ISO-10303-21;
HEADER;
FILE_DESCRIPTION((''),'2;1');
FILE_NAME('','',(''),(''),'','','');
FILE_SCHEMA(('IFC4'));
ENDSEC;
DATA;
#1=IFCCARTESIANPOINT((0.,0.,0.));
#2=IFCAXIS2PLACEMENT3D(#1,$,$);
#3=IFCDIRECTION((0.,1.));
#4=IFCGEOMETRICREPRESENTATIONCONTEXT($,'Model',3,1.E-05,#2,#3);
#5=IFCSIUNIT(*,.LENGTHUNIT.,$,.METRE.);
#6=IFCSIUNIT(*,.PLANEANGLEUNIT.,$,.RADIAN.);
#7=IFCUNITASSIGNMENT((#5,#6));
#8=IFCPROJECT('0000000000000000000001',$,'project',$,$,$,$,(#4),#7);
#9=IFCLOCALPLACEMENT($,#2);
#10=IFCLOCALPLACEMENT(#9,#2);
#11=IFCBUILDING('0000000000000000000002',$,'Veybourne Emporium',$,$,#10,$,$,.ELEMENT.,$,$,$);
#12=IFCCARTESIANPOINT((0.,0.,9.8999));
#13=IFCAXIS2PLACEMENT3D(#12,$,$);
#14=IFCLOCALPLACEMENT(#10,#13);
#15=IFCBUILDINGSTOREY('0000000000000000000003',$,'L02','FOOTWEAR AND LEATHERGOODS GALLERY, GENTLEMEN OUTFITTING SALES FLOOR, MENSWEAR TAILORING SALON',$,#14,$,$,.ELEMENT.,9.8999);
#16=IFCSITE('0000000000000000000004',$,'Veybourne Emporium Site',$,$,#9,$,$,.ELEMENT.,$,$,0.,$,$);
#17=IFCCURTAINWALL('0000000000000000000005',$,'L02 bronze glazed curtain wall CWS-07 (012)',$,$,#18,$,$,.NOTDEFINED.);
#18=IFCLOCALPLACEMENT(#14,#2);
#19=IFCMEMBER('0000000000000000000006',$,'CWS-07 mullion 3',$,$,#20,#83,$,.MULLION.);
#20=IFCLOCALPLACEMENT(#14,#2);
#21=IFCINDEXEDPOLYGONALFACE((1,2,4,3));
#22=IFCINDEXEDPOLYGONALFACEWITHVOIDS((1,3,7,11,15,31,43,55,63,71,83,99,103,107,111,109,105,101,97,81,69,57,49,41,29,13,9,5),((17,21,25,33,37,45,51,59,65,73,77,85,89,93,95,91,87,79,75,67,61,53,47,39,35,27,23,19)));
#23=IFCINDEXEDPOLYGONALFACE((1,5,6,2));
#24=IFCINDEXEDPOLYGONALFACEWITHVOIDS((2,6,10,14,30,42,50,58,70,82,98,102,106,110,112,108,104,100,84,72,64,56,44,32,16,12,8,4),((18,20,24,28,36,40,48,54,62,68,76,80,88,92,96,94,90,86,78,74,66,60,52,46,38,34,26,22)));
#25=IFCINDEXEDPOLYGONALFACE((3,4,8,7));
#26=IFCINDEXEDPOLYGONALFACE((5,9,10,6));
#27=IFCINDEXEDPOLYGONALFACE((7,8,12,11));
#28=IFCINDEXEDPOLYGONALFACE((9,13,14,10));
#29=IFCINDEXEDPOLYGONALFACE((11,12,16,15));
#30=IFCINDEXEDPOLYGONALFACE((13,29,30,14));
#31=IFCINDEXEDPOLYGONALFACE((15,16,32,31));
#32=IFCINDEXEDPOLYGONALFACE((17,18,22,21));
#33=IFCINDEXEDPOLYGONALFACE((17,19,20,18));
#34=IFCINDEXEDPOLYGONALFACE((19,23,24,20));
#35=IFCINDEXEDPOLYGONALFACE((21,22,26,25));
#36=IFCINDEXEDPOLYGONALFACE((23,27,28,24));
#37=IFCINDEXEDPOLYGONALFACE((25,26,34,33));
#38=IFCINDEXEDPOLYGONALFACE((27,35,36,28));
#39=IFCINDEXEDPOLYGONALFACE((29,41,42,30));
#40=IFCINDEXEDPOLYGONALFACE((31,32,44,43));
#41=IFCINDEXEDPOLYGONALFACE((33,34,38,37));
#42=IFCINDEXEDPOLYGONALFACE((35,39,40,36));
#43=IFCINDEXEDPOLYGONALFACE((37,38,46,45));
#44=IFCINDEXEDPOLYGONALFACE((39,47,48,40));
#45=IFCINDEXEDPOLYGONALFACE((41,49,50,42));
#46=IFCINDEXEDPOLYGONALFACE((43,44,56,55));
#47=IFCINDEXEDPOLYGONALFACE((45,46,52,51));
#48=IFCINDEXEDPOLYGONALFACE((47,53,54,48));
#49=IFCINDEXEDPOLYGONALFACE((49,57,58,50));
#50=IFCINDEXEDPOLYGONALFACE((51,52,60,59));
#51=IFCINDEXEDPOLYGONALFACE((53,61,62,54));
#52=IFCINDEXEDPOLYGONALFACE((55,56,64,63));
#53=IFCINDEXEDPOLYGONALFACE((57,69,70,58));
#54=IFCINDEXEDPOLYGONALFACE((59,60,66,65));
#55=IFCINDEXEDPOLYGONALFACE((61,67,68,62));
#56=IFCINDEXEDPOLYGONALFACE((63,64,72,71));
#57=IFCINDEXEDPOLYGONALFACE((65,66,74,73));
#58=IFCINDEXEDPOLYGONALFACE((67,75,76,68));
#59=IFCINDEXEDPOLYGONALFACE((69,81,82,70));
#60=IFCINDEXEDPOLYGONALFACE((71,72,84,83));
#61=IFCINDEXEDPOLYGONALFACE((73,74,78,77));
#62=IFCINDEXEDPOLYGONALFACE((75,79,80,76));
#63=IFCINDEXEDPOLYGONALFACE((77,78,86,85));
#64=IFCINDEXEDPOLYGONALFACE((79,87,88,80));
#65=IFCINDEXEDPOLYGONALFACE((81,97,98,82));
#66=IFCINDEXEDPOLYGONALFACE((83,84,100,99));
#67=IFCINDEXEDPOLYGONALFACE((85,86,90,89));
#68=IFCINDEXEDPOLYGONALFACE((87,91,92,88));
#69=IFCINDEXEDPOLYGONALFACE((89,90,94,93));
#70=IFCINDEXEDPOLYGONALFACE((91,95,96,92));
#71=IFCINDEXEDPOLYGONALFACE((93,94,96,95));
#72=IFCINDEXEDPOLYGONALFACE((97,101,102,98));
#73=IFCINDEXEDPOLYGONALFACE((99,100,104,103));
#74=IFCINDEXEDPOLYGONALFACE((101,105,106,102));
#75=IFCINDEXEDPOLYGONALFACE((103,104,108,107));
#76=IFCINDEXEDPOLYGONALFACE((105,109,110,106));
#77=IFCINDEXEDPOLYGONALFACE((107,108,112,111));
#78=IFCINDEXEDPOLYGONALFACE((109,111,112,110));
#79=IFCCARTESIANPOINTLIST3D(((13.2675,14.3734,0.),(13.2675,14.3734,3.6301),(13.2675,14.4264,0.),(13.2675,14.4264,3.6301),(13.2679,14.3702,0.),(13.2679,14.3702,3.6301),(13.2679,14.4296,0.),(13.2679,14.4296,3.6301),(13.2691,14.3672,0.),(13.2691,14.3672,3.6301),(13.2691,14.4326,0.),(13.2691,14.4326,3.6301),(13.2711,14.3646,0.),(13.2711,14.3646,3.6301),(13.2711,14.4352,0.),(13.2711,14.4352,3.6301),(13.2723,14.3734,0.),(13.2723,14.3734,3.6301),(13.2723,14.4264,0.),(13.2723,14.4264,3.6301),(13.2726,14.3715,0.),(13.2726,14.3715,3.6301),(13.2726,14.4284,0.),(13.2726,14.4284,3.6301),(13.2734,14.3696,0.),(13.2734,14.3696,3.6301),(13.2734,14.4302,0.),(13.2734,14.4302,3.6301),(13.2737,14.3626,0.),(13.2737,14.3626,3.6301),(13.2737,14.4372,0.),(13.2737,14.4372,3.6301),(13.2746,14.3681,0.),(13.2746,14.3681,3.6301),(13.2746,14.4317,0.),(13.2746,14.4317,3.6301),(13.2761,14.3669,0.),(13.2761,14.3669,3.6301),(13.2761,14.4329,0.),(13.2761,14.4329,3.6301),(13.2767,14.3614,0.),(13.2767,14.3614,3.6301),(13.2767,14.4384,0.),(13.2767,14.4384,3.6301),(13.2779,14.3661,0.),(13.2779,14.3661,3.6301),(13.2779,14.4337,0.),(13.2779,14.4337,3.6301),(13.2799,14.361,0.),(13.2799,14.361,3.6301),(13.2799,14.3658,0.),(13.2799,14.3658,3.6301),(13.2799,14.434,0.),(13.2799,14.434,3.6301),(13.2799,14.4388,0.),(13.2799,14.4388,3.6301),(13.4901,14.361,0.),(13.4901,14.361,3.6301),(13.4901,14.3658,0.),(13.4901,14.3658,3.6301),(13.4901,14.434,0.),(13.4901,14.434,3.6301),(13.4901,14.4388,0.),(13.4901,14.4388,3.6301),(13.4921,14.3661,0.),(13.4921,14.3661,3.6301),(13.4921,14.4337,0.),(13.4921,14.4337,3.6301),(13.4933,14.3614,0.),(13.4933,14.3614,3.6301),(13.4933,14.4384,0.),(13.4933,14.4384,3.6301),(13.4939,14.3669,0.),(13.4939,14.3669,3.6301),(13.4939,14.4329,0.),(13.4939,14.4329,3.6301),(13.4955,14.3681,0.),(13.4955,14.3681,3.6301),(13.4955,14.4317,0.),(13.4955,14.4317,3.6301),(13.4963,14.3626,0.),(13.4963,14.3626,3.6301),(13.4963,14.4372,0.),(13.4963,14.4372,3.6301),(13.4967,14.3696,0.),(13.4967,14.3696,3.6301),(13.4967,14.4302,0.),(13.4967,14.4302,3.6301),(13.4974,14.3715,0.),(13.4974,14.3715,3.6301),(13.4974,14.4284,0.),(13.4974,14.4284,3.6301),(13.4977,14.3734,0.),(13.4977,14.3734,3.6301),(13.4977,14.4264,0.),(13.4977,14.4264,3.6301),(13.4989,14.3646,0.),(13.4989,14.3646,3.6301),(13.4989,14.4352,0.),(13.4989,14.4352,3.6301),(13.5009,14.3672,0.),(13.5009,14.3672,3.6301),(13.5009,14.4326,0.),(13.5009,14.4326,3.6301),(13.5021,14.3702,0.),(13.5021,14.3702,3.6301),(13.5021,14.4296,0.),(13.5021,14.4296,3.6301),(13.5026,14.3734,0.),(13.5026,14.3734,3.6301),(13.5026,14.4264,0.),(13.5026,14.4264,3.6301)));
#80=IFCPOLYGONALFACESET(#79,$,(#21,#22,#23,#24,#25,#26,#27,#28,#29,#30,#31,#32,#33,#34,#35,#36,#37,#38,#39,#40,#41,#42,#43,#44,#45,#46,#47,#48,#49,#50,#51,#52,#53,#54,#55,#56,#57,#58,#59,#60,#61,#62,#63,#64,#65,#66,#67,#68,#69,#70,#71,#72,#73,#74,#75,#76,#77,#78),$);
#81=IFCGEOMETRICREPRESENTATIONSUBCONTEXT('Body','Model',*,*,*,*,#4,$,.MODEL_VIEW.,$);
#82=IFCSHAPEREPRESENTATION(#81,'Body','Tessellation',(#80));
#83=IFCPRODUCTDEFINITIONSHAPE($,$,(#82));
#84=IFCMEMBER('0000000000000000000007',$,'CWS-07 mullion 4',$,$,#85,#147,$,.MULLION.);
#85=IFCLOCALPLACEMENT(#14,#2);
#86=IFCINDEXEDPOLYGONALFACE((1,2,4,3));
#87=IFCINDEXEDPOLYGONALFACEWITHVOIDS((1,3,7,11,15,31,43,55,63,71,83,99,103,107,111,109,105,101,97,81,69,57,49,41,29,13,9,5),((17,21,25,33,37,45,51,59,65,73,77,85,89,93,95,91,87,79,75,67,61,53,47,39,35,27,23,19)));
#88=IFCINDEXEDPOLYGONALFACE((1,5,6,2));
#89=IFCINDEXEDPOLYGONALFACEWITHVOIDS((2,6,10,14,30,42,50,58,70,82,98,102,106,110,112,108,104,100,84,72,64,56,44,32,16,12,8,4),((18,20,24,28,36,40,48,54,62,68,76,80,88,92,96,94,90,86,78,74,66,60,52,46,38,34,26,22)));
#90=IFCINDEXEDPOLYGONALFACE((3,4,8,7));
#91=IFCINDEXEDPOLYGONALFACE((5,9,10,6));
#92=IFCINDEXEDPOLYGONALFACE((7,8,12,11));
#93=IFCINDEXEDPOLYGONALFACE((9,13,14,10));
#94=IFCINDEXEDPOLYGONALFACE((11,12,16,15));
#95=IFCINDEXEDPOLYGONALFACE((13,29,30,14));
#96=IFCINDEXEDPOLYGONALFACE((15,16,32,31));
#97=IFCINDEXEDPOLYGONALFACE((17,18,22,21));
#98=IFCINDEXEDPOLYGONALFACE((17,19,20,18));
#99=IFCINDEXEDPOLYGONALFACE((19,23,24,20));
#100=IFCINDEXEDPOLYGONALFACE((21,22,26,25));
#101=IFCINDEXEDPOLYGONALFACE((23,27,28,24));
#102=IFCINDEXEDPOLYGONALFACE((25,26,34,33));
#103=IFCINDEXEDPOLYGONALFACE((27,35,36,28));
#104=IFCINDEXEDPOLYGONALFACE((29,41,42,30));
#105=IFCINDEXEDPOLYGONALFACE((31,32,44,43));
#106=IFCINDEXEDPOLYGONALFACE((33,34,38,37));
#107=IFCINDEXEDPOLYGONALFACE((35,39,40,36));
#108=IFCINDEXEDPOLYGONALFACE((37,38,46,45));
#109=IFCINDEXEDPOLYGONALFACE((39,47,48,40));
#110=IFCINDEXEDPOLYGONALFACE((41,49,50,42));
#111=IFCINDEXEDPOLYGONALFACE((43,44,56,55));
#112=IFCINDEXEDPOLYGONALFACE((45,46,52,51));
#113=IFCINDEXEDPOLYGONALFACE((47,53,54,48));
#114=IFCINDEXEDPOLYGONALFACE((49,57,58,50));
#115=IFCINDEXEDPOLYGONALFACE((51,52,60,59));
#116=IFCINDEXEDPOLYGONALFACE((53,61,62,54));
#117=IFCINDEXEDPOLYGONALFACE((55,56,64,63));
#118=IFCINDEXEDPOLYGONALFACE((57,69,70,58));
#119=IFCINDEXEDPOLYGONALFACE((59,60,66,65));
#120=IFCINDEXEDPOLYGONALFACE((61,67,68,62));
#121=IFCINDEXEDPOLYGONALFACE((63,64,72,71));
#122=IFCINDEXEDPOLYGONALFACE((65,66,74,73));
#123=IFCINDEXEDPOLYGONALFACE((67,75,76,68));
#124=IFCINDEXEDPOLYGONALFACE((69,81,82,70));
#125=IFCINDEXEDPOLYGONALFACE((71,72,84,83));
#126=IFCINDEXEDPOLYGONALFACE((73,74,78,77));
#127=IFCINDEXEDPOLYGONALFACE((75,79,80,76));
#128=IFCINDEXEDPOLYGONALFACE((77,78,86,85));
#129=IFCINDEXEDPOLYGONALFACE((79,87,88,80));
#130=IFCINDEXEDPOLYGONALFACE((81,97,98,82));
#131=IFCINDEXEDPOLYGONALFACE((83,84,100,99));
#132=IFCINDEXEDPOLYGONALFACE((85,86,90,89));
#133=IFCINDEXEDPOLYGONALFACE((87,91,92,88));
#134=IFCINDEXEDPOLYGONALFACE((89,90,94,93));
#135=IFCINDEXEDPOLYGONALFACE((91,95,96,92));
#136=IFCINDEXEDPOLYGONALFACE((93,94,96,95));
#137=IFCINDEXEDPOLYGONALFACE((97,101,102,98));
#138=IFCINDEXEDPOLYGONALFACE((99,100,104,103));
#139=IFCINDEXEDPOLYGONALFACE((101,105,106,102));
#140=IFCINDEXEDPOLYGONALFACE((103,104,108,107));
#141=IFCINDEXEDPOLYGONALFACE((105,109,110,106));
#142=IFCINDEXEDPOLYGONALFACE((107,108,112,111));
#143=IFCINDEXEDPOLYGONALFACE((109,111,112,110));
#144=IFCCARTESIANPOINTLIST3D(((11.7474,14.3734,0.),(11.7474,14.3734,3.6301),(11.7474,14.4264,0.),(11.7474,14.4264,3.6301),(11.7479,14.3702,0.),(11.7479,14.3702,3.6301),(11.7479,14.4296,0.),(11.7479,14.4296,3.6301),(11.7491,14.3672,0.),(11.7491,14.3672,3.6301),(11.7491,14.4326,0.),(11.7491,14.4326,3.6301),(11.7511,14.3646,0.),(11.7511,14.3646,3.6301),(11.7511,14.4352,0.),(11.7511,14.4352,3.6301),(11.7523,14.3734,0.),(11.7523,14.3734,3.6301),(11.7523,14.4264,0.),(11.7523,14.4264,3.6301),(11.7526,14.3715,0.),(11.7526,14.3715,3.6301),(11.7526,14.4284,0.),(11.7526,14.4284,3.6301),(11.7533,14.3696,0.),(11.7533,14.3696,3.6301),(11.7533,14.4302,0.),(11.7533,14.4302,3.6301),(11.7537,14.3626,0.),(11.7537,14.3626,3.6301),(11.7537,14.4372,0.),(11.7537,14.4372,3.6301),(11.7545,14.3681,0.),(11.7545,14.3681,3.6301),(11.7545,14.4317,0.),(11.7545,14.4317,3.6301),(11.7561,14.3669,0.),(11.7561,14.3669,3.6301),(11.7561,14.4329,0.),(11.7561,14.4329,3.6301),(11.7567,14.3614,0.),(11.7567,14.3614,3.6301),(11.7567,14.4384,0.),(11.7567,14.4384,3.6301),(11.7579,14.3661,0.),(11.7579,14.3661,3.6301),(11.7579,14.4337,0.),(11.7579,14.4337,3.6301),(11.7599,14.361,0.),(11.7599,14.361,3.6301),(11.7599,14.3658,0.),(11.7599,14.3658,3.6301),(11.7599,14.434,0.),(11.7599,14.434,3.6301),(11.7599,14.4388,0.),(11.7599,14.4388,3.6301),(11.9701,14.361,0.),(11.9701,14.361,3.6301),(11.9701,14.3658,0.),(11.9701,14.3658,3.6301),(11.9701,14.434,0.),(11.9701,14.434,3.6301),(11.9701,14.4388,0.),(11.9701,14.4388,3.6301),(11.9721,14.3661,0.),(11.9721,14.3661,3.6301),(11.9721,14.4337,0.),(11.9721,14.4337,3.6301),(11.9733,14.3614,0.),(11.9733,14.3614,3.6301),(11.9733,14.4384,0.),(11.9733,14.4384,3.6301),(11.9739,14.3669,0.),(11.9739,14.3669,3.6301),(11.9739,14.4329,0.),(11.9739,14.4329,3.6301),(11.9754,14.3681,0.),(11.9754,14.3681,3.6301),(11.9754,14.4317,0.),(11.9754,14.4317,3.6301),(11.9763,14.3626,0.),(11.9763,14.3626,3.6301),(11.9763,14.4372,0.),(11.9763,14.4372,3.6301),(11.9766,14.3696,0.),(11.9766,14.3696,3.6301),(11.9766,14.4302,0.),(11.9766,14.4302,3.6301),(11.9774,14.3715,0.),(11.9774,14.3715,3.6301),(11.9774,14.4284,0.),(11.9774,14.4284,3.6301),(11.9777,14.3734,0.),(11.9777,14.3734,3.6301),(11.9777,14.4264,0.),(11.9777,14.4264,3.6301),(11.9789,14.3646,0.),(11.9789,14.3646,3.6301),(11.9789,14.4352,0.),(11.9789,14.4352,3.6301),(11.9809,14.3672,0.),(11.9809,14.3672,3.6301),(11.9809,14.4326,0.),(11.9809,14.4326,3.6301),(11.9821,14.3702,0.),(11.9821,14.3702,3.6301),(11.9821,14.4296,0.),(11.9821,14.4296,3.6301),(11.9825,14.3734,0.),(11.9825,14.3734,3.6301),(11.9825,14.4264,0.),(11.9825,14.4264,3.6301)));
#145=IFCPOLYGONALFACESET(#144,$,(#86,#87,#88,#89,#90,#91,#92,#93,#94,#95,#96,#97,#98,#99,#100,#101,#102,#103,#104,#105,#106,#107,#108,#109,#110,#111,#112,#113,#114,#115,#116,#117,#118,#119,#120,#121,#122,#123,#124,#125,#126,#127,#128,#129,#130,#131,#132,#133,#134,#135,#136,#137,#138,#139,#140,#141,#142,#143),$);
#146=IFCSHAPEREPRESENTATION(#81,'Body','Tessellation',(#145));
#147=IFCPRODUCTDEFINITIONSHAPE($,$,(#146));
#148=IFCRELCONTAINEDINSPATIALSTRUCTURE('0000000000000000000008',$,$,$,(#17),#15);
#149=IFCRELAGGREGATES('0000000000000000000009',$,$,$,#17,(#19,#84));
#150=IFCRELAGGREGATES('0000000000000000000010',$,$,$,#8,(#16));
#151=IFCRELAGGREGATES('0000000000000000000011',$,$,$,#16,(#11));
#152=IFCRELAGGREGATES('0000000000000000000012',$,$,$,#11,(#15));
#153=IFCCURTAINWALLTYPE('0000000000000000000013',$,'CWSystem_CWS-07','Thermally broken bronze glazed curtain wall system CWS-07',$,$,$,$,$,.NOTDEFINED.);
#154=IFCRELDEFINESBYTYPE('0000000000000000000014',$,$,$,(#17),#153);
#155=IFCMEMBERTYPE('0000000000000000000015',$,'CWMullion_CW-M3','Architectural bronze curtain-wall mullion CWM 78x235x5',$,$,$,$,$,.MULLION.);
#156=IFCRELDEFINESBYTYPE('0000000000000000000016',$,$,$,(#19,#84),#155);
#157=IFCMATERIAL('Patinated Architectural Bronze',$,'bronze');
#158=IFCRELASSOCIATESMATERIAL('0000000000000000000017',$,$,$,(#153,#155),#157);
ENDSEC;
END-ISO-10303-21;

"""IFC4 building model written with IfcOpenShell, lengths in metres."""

from ifc_helpers import new_model, si_unit, direction, frame, origin, origin_2d, place, context, subcontext, project, spatial, hollow_rectangle, extrude, material, material_profile, profile_set, type_object, element, aggregate, save


model = new_model("IFC4")

# Units and contexts
model_context = context("Model", 3, precision=1e-05, world=origin(), true_north=direction((0.0, 1.0)))
body_context = subcontext(model_context, "Body", "Model", "MODEL_VIEW")
ifc_project = project(units=[si_unit("LENGTHUNIT", "METRE"), si_unit("PLANEANGLEUNIT", "RADIAN")], contexts=[model_context])

# Site, building, storey
site_placement = place(None, origin())
site = spatial("IfcSite", under=ifc_project, at=site_placement, Name="Veybourne Emporium Site", CompositionType="ELEMENT", RefElevation=0.0)
building_placement = place(site_placement, origin())
building = spatial("IfcBuilding", under=site, at=building_placement, Name="Veybourne Emporium", CompositionType="ELEMENT")
storey_placement = place(building_placement, frame((0.0, 0.0, 9.8999)))
storey = spatial("IfcBuildingStorey", under=building, at=storey_placement, Name="L02", Description="FOOTWEAR AND LEATHERGOODS GALLERY, GENTLEMEN OUTFITTING SALES FLOOR, MENSWEAR TAILORING SALON", CompositionType="ELEMENT", Elevation=9.8999)

# Curtain wall, members
ifc_material_1 = material(Name="Patinated Architectural Bronze", Category="bronze")
curtain_wall_type = type_object("IfcCurtainWallType", Name="CWSystem_CWS-07", Description="Thermally broken bronze glazed curtain wall system CWS-07", PredefinedType="NOTDEFINED", material=ifc_material_1)
curtain_wall_placement = place(storey_placement, origin())
curtain_wall = element("IfcCurtainWall", 1, at=curtain_wall_placement, inside=storey, type_object=curtain_wall_type, Name="L02 bronze glazed curtain wall CWS-07 (012)", PredefinedType="NOTDEFINED")
ifc_material_profile_1 = material_profile(ifc_material_1, hollow_rectangle(XDim=0.0779, YDim=0.2351, WallThickness=0.0049, InnerFilletRadius=0.0076, OuterFilletRadius=0.0125, at=origin_2d()), Name="CWM 78x235x5")
ifc_profile_set_1 = profile_set([ifc_material_profile_1], Name="Patinated Architectural Bronze")
member_type_1 = type_object("IfcMemberType", Name="CWMullion_CW-M3", Description="Architectural bronze curtain-wall mullion CWM 78x235x5", PredefinedType="MULLION", material=ifc_profile_set_1)
member_1_placement = place(storey_placement, frame((13.385, 14.3999, 0.0), z_axis=(0.0, 0.0, 1.0), x_axis=(0.0, -1.0, 0.0)))
member_1 = element("IfcMember", 2, at=member_1_placement, type_object=member_type_1, Name="CWS-07 mullion 3", PredefinedType="MULLION", context=body_context, shape_type="SweptSolid", body=[
    extrude(hollow_rectangle(XDim=0.0779, YDim=0.2351, WallThickness=0.0049, InnerFilletRadius=0.0076, OuterFilletRadius=0.0125, at=origin_2d()), origin(), (0.0, 0.0, 1.0), 3.6301),
])
member_2_placement = place(storey_placement, frame((11.865, 14.3999, 0.0), z_axis=(0.0, 0.0, 1.0), x_axis=(0.0, -1.0, 0.0)))
member_2 = element("IfcMember", 3, at=member_2_placement, type_object=member_type_1, Name="CWS-07 mullion 4", PredefinedType="MULLION", context=body_context, shape_type="SweptSolid", body=[
    extrude(hollow_rectangle(XDim=0.0779, YDim=0.2351, WallThickness=0.0049, InnerFilletRadius=0.0076, OuterFilletRadius=0.0125, at=origin_2d()), origin(), (0.0, 0.0, 1.0), 3.6301),
])

aggregate(curtain_wall, [member_1, member_2])

save(model, "model.ifc")
